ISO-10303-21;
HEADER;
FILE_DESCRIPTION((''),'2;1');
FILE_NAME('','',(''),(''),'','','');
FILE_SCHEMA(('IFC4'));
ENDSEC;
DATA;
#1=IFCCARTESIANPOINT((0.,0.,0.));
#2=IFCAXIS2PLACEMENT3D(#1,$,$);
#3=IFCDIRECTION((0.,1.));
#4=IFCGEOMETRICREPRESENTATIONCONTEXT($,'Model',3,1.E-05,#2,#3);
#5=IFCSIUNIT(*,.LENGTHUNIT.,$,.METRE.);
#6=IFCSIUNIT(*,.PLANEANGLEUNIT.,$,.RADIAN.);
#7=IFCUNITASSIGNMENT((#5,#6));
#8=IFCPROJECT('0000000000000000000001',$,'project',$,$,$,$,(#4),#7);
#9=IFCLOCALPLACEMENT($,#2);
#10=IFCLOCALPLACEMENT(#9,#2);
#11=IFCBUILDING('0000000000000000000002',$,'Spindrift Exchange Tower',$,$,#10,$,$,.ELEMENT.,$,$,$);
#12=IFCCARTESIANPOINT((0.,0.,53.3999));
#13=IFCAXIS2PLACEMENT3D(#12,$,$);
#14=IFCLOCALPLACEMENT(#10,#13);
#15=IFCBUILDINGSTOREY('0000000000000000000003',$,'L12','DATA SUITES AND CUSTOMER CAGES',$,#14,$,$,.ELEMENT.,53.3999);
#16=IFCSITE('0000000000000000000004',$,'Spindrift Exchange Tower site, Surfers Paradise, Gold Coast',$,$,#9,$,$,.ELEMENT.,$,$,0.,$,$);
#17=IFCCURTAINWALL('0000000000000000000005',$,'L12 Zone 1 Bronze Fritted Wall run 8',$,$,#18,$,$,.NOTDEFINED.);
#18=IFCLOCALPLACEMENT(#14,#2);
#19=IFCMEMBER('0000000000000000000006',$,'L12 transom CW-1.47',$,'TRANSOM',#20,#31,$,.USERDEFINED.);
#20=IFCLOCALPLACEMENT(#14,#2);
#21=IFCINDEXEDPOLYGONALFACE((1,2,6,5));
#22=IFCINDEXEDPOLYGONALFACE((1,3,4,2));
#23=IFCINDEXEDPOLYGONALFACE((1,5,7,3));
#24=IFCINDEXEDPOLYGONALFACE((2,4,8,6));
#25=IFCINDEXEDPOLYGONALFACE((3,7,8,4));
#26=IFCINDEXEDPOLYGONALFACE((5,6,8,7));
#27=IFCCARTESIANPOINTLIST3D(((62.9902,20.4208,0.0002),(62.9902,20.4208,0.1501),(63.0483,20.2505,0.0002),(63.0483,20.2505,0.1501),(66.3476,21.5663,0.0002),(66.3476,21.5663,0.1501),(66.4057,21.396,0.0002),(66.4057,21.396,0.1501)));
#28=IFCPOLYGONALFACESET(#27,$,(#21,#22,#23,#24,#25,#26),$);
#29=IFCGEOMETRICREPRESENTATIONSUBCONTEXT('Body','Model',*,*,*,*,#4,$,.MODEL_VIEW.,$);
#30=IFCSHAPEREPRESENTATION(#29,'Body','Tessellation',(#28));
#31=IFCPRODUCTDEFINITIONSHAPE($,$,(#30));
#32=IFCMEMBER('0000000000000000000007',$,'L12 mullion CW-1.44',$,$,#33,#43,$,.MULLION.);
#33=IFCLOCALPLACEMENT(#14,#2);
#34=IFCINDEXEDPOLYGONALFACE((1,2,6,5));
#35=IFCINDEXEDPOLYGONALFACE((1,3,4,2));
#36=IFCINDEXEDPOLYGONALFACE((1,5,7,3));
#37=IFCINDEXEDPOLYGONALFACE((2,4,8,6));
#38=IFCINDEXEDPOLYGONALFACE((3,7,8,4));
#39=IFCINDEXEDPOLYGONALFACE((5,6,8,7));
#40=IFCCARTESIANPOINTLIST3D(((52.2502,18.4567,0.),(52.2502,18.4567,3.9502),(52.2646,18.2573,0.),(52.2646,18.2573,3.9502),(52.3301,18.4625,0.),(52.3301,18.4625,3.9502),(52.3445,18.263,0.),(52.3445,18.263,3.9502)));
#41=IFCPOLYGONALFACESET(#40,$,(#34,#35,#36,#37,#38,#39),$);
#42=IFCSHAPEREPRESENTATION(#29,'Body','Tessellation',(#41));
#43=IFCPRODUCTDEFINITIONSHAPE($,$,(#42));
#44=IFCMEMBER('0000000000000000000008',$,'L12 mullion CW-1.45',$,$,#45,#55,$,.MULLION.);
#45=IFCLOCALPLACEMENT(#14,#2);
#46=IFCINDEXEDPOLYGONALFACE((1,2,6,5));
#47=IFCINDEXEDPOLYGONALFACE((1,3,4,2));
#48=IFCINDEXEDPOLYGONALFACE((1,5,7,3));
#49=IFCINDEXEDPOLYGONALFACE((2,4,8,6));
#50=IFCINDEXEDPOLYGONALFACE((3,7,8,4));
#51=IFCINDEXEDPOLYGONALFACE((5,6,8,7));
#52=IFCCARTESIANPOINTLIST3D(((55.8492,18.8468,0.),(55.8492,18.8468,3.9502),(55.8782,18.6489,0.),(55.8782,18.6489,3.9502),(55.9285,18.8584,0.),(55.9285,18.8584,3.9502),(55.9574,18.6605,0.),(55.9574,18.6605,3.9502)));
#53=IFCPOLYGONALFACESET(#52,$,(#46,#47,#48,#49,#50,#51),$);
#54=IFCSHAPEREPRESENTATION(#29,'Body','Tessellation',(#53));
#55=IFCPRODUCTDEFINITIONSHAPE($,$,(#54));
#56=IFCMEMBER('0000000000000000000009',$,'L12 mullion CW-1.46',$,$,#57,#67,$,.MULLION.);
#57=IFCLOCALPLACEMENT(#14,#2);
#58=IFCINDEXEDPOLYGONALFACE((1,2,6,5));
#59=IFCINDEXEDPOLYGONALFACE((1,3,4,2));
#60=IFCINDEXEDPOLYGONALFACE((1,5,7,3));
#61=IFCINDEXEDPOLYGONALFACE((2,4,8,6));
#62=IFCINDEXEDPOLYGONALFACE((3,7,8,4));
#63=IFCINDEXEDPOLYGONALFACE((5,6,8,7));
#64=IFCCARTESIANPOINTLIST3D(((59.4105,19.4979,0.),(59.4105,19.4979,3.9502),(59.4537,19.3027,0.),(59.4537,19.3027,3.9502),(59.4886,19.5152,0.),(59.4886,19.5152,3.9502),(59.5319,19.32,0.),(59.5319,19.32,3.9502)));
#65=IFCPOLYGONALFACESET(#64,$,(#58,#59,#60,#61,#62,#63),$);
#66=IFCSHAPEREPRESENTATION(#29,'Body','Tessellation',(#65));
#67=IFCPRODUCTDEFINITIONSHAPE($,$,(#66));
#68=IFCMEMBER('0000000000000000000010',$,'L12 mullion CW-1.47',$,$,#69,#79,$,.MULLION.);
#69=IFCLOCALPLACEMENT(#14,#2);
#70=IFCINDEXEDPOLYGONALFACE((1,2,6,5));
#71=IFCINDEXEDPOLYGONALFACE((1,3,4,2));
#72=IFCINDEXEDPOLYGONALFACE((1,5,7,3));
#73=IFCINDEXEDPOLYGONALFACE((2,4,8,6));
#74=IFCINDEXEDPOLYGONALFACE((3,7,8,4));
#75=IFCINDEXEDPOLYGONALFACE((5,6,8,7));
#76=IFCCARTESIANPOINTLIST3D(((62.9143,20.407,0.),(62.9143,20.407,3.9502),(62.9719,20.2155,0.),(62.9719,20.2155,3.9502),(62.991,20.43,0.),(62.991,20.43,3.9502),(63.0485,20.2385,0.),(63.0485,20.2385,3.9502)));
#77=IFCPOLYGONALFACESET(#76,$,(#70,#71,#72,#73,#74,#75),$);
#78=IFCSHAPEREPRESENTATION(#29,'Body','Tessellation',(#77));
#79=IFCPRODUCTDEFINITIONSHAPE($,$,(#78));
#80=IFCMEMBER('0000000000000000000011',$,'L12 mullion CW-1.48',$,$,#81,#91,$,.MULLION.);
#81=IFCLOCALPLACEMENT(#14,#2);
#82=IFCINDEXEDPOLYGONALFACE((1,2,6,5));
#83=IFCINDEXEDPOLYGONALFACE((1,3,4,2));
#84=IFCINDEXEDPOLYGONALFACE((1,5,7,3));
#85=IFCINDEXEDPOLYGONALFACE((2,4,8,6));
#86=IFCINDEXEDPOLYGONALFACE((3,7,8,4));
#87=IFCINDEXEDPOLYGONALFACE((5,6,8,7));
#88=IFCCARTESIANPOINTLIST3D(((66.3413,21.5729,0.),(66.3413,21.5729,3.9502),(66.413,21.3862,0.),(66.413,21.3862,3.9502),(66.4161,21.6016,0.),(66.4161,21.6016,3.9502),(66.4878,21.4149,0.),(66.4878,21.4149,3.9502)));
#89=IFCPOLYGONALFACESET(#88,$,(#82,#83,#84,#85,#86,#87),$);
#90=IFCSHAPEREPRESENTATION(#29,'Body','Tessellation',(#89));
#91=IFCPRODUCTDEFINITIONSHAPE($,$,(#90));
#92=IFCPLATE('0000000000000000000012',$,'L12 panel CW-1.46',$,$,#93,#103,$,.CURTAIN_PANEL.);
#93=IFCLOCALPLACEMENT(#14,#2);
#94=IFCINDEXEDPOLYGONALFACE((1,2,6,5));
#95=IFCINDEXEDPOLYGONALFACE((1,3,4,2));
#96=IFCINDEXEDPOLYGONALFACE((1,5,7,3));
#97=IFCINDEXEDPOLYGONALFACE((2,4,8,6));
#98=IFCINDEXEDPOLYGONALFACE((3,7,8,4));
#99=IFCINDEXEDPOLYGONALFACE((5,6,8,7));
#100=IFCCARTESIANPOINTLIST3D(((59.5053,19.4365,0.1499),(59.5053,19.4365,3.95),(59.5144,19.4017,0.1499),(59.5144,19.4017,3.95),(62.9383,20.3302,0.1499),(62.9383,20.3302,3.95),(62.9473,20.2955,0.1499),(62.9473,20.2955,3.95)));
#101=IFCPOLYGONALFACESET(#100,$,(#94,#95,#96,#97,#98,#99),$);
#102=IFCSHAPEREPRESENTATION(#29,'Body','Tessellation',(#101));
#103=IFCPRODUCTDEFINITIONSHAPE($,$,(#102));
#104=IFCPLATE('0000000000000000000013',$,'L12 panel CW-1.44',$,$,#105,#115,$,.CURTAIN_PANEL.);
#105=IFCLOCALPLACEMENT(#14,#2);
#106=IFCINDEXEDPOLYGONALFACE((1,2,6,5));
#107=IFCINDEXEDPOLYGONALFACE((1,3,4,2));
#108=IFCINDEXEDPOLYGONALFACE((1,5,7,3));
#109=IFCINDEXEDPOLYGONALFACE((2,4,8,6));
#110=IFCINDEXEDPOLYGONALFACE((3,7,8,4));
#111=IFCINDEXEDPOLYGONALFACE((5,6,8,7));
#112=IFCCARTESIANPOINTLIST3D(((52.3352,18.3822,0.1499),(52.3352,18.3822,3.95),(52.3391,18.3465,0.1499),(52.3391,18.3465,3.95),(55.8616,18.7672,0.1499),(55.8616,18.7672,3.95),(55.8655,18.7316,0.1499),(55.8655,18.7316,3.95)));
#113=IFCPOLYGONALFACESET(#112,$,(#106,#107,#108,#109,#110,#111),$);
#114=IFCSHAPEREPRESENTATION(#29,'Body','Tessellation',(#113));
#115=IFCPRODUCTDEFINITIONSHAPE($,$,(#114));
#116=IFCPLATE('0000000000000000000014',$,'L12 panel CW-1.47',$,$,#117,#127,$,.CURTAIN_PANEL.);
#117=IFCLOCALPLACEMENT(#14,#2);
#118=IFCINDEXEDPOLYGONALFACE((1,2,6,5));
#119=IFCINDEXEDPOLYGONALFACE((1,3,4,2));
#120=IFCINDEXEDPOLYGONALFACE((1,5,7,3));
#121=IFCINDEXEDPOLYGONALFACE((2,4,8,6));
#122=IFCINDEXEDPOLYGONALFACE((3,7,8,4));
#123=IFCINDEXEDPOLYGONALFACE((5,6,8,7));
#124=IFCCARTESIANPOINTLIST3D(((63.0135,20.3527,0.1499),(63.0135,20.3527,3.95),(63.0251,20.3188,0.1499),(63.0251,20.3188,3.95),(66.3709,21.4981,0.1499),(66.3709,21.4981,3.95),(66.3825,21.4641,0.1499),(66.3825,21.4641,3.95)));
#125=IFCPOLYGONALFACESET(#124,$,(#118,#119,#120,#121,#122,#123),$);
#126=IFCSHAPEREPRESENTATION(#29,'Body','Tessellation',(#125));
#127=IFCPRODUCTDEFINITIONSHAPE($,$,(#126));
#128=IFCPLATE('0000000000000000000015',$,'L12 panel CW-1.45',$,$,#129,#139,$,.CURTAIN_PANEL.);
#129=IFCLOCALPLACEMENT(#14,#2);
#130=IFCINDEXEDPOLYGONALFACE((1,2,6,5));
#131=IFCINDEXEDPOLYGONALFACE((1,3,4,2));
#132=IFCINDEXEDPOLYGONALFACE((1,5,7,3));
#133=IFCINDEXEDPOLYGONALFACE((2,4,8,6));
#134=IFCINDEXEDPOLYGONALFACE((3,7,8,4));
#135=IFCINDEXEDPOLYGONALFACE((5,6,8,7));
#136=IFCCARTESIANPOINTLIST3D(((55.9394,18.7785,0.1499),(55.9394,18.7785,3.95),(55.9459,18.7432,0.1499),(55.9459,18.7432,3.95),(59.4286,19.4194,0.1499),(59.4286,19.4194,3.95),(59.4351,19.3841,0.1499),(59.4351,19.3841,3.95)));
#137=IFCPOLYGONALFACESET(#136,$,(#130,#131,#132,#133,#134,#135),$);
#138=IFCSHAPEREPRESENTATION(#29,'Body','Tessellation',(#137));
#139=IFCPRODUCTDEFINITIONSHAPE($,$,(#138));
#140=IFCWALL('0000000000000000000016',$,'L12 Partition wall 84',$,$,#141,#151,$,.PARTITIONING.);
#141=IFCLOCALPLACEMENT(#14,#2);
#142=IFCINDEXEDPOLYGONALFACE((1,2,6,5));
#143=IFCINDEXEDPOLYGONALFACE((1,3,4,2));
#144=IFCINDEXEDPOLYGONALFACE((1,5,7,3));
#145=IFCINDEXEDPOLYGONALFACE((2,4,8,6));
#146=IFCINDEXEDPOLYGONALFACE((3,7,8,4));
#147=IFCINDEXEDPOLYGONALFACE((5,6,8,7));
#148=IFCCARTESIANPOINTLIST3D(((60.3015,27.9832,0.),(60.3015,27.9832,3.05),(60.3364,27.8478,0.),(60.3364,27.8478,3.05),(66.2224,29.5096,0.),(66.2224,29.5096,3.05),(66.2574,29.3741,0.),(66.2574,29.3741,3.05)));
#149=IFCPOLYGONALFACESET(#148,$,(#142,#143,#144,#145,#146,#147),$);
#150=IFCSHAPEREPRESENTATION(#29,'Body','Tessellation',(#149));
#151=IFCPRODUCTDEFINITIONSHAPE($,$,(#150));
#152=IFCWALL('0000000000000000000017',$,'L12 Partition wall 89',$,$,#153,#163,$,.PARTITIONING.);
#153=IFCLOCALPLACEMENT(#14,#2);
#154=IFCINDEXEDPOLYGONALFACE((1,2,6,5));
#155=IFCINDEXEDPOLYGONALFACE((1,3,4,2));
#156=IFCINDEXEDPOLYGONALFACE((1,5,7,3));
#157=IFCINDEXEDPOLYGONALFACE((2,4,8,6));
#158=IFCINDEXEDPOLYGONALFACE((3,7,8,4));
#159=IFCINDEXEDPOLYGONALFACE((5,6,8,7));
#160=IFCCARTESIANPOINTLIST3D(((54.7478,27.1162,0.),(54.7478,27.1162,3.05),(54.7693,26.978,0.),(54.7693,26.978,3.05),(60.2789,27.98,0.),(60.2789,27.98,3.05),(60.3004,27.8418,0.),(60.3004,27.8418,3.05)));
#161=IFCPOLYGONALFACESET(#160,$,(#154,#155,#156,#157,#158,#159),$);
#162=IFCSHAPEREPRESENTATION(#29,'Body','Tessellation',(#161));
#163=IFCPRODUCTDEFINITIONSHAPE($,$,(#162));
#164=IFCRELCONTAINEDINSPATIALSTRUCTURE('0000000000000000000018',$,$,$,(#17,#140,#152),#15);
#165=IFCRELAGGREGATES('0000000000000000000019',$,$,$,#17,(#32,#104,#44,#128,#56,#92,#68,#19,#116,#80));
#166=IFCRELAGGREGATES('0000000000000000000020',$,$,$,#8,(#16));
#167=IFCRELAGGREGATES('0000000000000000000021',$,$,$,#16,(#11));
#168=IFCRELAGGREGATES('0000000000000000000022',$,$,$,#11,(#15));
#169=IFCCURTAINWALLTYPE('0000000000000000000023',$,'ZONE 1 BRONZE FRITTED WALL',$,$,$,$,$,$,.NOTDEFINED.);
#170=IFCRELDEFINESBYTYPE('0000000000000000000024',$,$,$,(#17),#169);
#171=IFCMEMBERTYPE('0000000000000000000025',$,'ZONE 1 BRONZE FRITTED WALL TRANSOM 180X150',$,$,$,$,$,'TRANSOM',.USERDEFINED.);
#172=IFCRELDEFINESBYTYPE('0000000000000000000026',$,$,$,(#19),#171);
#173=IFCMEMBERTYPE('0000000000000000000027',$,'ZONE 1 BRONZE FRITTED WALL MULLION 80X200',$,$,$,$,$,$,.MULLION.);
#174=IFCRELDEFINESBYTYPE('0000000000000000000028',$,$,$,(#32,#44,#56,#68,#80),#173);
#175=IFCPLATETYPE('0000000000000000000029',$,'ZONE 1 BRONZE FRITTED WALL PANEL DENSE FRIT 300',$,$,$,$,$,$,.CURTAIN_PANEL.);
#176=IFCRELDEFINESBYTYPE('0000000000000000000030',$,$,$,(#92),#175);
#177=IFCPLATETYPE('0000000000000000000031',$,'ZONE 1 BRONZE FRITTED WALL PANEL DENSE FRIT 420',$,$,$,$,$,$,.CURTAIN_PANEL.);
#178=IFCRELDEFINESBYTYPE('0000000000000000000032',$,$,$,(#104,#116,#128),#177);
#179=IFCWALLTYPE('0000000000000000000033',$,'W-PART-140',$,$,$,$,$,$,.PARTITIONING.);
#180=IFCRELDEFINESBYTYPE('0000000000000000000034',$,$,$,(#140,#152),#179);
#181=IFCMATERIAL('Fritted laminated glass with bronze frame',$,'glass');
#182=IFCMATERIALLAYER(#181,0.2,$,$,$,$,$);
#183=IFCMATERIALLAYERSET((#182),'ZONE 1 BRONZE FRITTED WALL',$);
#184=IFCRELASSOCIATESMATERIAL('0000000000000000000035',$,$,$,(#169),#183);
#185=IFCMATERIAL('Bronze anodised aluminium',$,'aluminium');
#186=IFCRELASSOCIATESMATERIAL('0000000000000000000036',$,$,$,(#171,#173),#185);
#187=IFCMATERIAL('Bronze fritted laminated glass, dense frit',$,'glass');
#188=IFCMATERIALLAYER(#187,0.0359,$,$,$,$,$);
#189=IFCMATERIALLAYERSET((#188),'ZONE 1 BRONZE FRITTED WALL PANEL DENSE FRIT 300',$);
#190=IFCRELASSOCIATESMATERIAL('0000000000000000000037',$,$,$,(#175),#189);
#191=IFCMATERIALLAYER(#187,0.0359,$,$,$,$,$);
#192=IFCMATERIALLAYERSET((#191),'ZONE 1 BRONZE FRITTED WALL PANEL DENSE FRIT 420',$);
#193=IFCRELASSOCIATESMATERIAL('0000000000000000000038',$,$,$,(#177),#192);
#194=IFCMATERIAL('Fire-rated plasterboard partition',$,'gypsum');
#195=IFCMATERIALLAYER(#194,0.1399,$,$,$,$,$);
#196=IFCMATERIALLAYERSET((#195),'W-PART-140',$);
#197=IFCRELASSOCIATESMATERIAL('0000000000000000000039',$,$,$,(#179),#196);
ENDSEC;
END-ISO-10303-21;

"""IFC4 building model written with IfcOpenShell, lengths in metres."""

from ifc_helpers import new_model, si_unit, direction, frame, frame_2d, origin, origin_2d, place, context, subcontext, project, spatial, rectangle, extrude, source, transform, mapped, material, layer, layer_set, material_profile, profile_set, type_object, element, aggregate, save


model = new_model("IFC4")

# Units and contexts
model_context = context("Model", 3, precision=1e-05, world=origin(), true_north=direction((0.0, 1.0)))
body_context = subcontext(model_context, "Body", "Model", "MODEL_VIEW")
ifc_project = project(units=[si_unit("LENGTHUNIT", "METRE"), si_unit("PLANEANGLEUNIT", "RADIAN")], contexts=[model_context])

# Site, building, storey
site_placement = place(None, origin())
site = spatial("IfcSite", under=ifc_project, at=site_placement, Name="Spindrift Exchange Tower site, Surfers Paradise, Gold Coast", CompositionType="ELEMENT", RefElevation=0.0)
building_placement = place(site_placement, origin())
building = spatial("IfcBuilding", under=site, at=building_placement, Name="Spindrift Exchange Tower", CompositionType="ELEMENT")
storey_placement = place(building_placement, frame((0.0, 0.0, 53.3999)))
storey = spatial("IfcBuildingStorey", under=building, at=storey_placement, Name="L12", Description="DATA SUITES AND CUSTOMER CAGES", CompositionType="ELEMENT", Elevation=53.3999)

# Curtain wall, members, plates
ifc_material_1 = material(Name="Fritted laminated glass with bronze frame", Category="glass")
ifc_layer_1 = layer(ifc_material_1, 0.2)
ifc_layer_set_1 = layer_set([ifc_layer_1], Name="ZONE 1 BRONZE FRITTED WALL")
curtain_wall_type = type_object("IfcCurtainWallType", Name="ZONE 1 BRONZE FRITTED WALL", PredefinedType="NOTDEFINED", material=ifc_layer_set_1)
curtain_wall_placement = place(storey_placement, origin())
curtain_wall = element("IfcCurtainWall", 1, at=curtain_wall_placement, inside=storey, type_object=curtain_wall_type, Name="L12 Zone 1 Bronze Fritted Wall run 8", PredefinedType="NOTDEFINED")
ifc_material_2 = material(Name="Bronze anodised aluminium", Category="aluminium")
ifc_material_profile_1 = material_profile(ifc_material_2, rectangle(XDim=0.1799, YDim=0.1499, at=origin_2d()), Name="ZONE 1 BRONZE FRITTED WALL TRANSOM 180X150")
ifc_profile_set_1 = profile_set([ifc_material_profile_1], Name="Bronze anodised aluminium")
member_type_1 = type_object("IfcMemberType", Name="ZONE 1 BRONZE FRITTED WALL TRANSOM 180X150", ElementType="TRANSOM", PredefinedType="USERDEFINED", material=ifc_profile_set_1)
shared_shape_1 = source(origin(), body_context, "Body", "SweptSolid", [
    extrude(rectangle(XDim=0.1799, YDim=0.1499, at=origin_2d()), origin(), (0.0, 0.0, 1.0), 3.5474),
])
member_1_placement = place(storey_placement, frame((63.0193, 20.3357, 0.0752), z_axis=(0.94643, 0.322909, 0.0), x_axis=(-0.322909, 0.94643, 0.0)))
member_1 = element("IfcMember", 2, at=member_1_placement, type_object=member_type_1, Name="L12 transom CW-1.47", ObjectType="TRANSOM", PredefinedType="USERDEFINED", context=body_context, shape_type="MappedRepresentation", body=[
    mapped(shared_shape_1, transform((0.0, 0.0, 0.0), scale=1.0)),
])
ifc_material_profile_2 = material_profile(ifc_material_2, rectangle(XDim=0.0801, YDim=0.2, at=origin_2d()), Name="ZONE 1 BRONZE FRITTED WALL MULLION 80X200")
ifc_profile_set_2 = profile_set([ifc_material_profile_2], Name="Bronze anodised aluminium")
member_type_2 = type_object("IfcMemberType", Name="ZONE 1 BRONZE FRITTED WALL MULLION 80X200", PredefinedType="MULLION", material=ifc_profile_set_2)
shared_shape_2 = source(origin(), body_context, "Body", "SweptSolid", [
    extrude(rectangle(XDim=0.0801, YDim=0.2, at=origin_2d()), origin(), (0.0, 0.0, 1.0), 3.9502),
])
member_2_placement = place(storey_placement, frame((52.2974, 18.3599, 0.0), z_axis=(0.0, 0.0, 1.0), x_axis=(0.997408, 0.071959, 0.0)))
member_2 = element("IfcMember", 3, at=member_2_placement, type_object=member_type_2, Name="L12 mullion CW-1.44", PredefinedType="MULLION", context=body_context, shape_type="MappedRepresentation", body=[
    mapped(shared_shape_2, transform((0.0, 0.0, 0.0), scale=1.0)),
])
member_3_placement = place(storey_placement, frame((55.9033, 18.7537, 0.0), z_axis=(0.0, 0.0, 1.0), x_axis=(0.989477, 0.144688, 0.0)))
member_3 = element("IfcMember", 4, at=member_3_placement, type_object=member_type_2, Name="L12 mullion CW-1.45", PredefinedType="MULLION", context=body_context, shape_type="MappedRepresentation", body=[
    mapped(shared_shape_2, transform((0.0, 0.0, 0.0), scale=1.0)),
])
member_4_placement = place(storey_placement, frame((59.4712, 19.4089, 0.0), z_axis=(0.0, 0.0, 1.0), x_axis=(0.976295, 0.216443, 0.0)))
member_4 = element("IfcMember", 5, at=member_4_placement, type_object=member_type_2, Name="L12 mullion CW-1.46", PredefinedType="MULLION", context=body_context, shape_type="MappedRepresentation", body=[
    mapped(shared_shape_2, transform((0.0, 0.0, 0.0), scale=1.0)),
])
member_5_placement = place(storey_placement, frame((62.9814, 20.3228, 0.0), z_axis=(0.0, 0.0, 1.0), x_axis=(0.957747, 0.287611, 0.0)))
member_5 = element("IfcMember", 6, at=member_5_placement, type_object=member_type_2, Name="L12 mullion CW-1.47", PredefinedType="MULLION", context=body_context, shape_type="MappedRepresentation", body=[
    mapped(shared_shape_2, transform((0.0, 0.0, 0.0), scale=1.0)),
])
member_6_placement = place(storey_placement, frame((66.4146, 21.4939, 0.0), z_axis=(0.0, 0.0, 1.0), x_axis=(0.933505, 0.358565, 0.0)))
member_6 = element("IfcMember", 7, at=member_6_placement, type_object=member_type_2, Name="L12 mullion CW-1.48", PredefinedType="MULLION", context=body_context, shape_type="MappedRepresentation", body=[
    mapped(shared_shape_2, transform((0.0, 0.0, 0.0), scale=1.0)),
])
ifc_material_3 = material(Name="Bronze fritted laminated glass, dense frit", Category="glass")
ifc_layer_2 = layer(ifc_material_3, 0.0359)
ifc_layer_set_2 = layer_set([ifc_layer_2], Name="ZONE 1 BRONZE FRITTED WALL PANEL DENSE FRIT 300")
plate_type_1 = type_object("IfcPlateType", Name="ZONE 1 BRONZE FRITTED WALL PANEL DENSE FRIT 300", PredefinedType="CURTAIN_PANEL", material=ifc_layer_set_2)
shared_shape_3 = source(origin(), body_context, "Body", "SweptSolid", [
    extrude(rectangle(XDim=3.5474, YDim=0.0359, at=origin_2d()), origin(), (0.0, 0.0, 1.0), 3.8),
])
plate_1_placement = place(storey_placement, frame((61.2263, 19.866, 0.1499), z_axis=(0.0, 0.0, 1.0), x_axis=(0.96774, 0.251949, 0.0)))
plate_1 = element("IfcPlate", 8, at=plate_1_placement, type_object=plate_type_1, Name="L12 panel CW-1.46", PredefinedType="CURTAIN_PANEL", context=body_context, shape_type="MappedRepresentation", body=[
    mapped(shared_shape_3, transform((0.0, 0.0, 0.0), scale=1.0)),
])
ifc_layer_3 = layer(ifc_material_3, 0.0359)
ifc_layer_set_3 = layer_set([ifc_layer_3], Name="ZONE 1 BRONZE FRITTED WALL PANEL DENSE FRIT 420")
plate_type_2 = type_object("IfcPlateType", Name="ZONE 1 BRONZE FRITTED WALL PANEL DENSE FRIT 420", PredefinedType="CURTAIN_PANEL", material=ifc_layer_set_3)
shared_shape_4 = source(origin(), body_context, "Body", "SweptSolid", [
    extrude(rectangle(XDim=3.5474, YDim=0.0359, at=origin_2d()), origin(), (0.0, 0.0, 1.0), 3.8),
])
plate_2_placement = place(storey_placement, frame((54.1003, 18.5569, 0.1499), z_axis=(0.0, 0.0, 1.0), x_axis=(0.994093, 0.108534, 0.0)))
plate_2 = element("IfcPlate", 9, at=plate_2_placement, type_object=plate_type_2, Name="L12 panel CW-1.44", PredefinedType="CURTAIN_PANEL", context=body_context, shape_type="MappedRepresentation", body=[
    mapped(shared_shape_4, transform((0.0, 0.0, 0.0), scale=1.0)),
])
plate_3_placement = place(storey_placement, frame((64.698, 20.9084, 0.1499), z_axis=(0.0, 0.0, 1.0), x_axis=(0.946441, 0.322877, 0.0)))
plate_3 = element("IfcPlate", 10, at=plate_3_placement, type_object=plate_type_2, Name="L12 panel CW-1.47", PredefinedType="CURTAIN_PANEL", context=body_context, shape_type="MappedRepresentation", body=[
    mapped(shared_shape_4, transform((0.0, 0.0, 0.0), scale=1.0)),
])
shared_shape_5 = source(origin(), body_context, "Body", "SweptSolid", [
    extrude(rectangle(XDim=3.5476, YDim=0.0359, at=origin_2d()), origin(), (0.0, 0.0, 1.0), 3.8),
])
plate_4_placement = place(storey_placement, frame((57.6873, 19.0813, 0.1499), z_axis=(0.0, 0.0, 1.0), x_axis=(0.983548, 0.18065, 0.0)))
plate_4 = element("IfcPlate", 11, at=plate_4_placement, type_object=plate_type_2, Name="L12 panel CW-1.45", PredefinedType="CURTAIN_PANEL", context=body_context, shape_type="MappedRepresentation", body=[
    mapped(shared_shape_5, transform((0.0, 0.0, 0.0), scale=1.0)),
])
aggregate(curtain_wall, [member_2, plate_2, member_3, plate_4, member_4, plate_1, member_5, member_1, plate_3, member_6])

# Walls
ifc_material_4 = material(Name="Fire-rated plasterboard partition", Category="gypsum")
ifc_layer_4 = layer(ifc_material_4, 0.1399)
ifc_layer_set_4 = layer_set([ifc_layer_4], Name="W-PART-140")
wall_type = type_object("IfcWallType", Name="W-PART-140", PredefinedType="PARTITIONING", material=ifc_layer_set_4)
wall_1_placement = place(storey_placement, frame((60.3191, 27.9155, 0.0), z_axis=(0.0, 0.0, 1.0), x_axis=(0.968341, 0.249632, 0.0)))
element("IfcWall", 12, at=wall_1_placement, inside=storey, type_object=wall_type, Name="L12 Partition wall 84", PredefinedType="PARTITIONING", context=body_context, shape_type="SweptSolid", body=[
    extrude(rectangle(XDim=6.1145, YDim=0.1399, at=frame_2d((3.0571, 0.0))), origin(), (0.0, 0.0, 1.0), 3.05),
])
wall_2_placement = place(storey_placement, frame((54.7585, 27.0471, 0.0), z_axis=(0.0, 0.0, 1.0), x_axis=(0.988024, 0.154298, 0.0)))
element("IfcWall", 13, at=wall_2_placement, inside=storey, type_object=wall_type, Name="L12 Partition wall 89", PredefinedType="PARTITIONING", context=body_context, shape_type="SweptSolid", body=[
    extrude(rectangle(XDim=5.5981, YDim=0.1399, at=frame_2d((2.7991, 0.0))), origin(), (0.0, 0.0, 1.0), 3.05),
])

save(model, "model.ifc")
